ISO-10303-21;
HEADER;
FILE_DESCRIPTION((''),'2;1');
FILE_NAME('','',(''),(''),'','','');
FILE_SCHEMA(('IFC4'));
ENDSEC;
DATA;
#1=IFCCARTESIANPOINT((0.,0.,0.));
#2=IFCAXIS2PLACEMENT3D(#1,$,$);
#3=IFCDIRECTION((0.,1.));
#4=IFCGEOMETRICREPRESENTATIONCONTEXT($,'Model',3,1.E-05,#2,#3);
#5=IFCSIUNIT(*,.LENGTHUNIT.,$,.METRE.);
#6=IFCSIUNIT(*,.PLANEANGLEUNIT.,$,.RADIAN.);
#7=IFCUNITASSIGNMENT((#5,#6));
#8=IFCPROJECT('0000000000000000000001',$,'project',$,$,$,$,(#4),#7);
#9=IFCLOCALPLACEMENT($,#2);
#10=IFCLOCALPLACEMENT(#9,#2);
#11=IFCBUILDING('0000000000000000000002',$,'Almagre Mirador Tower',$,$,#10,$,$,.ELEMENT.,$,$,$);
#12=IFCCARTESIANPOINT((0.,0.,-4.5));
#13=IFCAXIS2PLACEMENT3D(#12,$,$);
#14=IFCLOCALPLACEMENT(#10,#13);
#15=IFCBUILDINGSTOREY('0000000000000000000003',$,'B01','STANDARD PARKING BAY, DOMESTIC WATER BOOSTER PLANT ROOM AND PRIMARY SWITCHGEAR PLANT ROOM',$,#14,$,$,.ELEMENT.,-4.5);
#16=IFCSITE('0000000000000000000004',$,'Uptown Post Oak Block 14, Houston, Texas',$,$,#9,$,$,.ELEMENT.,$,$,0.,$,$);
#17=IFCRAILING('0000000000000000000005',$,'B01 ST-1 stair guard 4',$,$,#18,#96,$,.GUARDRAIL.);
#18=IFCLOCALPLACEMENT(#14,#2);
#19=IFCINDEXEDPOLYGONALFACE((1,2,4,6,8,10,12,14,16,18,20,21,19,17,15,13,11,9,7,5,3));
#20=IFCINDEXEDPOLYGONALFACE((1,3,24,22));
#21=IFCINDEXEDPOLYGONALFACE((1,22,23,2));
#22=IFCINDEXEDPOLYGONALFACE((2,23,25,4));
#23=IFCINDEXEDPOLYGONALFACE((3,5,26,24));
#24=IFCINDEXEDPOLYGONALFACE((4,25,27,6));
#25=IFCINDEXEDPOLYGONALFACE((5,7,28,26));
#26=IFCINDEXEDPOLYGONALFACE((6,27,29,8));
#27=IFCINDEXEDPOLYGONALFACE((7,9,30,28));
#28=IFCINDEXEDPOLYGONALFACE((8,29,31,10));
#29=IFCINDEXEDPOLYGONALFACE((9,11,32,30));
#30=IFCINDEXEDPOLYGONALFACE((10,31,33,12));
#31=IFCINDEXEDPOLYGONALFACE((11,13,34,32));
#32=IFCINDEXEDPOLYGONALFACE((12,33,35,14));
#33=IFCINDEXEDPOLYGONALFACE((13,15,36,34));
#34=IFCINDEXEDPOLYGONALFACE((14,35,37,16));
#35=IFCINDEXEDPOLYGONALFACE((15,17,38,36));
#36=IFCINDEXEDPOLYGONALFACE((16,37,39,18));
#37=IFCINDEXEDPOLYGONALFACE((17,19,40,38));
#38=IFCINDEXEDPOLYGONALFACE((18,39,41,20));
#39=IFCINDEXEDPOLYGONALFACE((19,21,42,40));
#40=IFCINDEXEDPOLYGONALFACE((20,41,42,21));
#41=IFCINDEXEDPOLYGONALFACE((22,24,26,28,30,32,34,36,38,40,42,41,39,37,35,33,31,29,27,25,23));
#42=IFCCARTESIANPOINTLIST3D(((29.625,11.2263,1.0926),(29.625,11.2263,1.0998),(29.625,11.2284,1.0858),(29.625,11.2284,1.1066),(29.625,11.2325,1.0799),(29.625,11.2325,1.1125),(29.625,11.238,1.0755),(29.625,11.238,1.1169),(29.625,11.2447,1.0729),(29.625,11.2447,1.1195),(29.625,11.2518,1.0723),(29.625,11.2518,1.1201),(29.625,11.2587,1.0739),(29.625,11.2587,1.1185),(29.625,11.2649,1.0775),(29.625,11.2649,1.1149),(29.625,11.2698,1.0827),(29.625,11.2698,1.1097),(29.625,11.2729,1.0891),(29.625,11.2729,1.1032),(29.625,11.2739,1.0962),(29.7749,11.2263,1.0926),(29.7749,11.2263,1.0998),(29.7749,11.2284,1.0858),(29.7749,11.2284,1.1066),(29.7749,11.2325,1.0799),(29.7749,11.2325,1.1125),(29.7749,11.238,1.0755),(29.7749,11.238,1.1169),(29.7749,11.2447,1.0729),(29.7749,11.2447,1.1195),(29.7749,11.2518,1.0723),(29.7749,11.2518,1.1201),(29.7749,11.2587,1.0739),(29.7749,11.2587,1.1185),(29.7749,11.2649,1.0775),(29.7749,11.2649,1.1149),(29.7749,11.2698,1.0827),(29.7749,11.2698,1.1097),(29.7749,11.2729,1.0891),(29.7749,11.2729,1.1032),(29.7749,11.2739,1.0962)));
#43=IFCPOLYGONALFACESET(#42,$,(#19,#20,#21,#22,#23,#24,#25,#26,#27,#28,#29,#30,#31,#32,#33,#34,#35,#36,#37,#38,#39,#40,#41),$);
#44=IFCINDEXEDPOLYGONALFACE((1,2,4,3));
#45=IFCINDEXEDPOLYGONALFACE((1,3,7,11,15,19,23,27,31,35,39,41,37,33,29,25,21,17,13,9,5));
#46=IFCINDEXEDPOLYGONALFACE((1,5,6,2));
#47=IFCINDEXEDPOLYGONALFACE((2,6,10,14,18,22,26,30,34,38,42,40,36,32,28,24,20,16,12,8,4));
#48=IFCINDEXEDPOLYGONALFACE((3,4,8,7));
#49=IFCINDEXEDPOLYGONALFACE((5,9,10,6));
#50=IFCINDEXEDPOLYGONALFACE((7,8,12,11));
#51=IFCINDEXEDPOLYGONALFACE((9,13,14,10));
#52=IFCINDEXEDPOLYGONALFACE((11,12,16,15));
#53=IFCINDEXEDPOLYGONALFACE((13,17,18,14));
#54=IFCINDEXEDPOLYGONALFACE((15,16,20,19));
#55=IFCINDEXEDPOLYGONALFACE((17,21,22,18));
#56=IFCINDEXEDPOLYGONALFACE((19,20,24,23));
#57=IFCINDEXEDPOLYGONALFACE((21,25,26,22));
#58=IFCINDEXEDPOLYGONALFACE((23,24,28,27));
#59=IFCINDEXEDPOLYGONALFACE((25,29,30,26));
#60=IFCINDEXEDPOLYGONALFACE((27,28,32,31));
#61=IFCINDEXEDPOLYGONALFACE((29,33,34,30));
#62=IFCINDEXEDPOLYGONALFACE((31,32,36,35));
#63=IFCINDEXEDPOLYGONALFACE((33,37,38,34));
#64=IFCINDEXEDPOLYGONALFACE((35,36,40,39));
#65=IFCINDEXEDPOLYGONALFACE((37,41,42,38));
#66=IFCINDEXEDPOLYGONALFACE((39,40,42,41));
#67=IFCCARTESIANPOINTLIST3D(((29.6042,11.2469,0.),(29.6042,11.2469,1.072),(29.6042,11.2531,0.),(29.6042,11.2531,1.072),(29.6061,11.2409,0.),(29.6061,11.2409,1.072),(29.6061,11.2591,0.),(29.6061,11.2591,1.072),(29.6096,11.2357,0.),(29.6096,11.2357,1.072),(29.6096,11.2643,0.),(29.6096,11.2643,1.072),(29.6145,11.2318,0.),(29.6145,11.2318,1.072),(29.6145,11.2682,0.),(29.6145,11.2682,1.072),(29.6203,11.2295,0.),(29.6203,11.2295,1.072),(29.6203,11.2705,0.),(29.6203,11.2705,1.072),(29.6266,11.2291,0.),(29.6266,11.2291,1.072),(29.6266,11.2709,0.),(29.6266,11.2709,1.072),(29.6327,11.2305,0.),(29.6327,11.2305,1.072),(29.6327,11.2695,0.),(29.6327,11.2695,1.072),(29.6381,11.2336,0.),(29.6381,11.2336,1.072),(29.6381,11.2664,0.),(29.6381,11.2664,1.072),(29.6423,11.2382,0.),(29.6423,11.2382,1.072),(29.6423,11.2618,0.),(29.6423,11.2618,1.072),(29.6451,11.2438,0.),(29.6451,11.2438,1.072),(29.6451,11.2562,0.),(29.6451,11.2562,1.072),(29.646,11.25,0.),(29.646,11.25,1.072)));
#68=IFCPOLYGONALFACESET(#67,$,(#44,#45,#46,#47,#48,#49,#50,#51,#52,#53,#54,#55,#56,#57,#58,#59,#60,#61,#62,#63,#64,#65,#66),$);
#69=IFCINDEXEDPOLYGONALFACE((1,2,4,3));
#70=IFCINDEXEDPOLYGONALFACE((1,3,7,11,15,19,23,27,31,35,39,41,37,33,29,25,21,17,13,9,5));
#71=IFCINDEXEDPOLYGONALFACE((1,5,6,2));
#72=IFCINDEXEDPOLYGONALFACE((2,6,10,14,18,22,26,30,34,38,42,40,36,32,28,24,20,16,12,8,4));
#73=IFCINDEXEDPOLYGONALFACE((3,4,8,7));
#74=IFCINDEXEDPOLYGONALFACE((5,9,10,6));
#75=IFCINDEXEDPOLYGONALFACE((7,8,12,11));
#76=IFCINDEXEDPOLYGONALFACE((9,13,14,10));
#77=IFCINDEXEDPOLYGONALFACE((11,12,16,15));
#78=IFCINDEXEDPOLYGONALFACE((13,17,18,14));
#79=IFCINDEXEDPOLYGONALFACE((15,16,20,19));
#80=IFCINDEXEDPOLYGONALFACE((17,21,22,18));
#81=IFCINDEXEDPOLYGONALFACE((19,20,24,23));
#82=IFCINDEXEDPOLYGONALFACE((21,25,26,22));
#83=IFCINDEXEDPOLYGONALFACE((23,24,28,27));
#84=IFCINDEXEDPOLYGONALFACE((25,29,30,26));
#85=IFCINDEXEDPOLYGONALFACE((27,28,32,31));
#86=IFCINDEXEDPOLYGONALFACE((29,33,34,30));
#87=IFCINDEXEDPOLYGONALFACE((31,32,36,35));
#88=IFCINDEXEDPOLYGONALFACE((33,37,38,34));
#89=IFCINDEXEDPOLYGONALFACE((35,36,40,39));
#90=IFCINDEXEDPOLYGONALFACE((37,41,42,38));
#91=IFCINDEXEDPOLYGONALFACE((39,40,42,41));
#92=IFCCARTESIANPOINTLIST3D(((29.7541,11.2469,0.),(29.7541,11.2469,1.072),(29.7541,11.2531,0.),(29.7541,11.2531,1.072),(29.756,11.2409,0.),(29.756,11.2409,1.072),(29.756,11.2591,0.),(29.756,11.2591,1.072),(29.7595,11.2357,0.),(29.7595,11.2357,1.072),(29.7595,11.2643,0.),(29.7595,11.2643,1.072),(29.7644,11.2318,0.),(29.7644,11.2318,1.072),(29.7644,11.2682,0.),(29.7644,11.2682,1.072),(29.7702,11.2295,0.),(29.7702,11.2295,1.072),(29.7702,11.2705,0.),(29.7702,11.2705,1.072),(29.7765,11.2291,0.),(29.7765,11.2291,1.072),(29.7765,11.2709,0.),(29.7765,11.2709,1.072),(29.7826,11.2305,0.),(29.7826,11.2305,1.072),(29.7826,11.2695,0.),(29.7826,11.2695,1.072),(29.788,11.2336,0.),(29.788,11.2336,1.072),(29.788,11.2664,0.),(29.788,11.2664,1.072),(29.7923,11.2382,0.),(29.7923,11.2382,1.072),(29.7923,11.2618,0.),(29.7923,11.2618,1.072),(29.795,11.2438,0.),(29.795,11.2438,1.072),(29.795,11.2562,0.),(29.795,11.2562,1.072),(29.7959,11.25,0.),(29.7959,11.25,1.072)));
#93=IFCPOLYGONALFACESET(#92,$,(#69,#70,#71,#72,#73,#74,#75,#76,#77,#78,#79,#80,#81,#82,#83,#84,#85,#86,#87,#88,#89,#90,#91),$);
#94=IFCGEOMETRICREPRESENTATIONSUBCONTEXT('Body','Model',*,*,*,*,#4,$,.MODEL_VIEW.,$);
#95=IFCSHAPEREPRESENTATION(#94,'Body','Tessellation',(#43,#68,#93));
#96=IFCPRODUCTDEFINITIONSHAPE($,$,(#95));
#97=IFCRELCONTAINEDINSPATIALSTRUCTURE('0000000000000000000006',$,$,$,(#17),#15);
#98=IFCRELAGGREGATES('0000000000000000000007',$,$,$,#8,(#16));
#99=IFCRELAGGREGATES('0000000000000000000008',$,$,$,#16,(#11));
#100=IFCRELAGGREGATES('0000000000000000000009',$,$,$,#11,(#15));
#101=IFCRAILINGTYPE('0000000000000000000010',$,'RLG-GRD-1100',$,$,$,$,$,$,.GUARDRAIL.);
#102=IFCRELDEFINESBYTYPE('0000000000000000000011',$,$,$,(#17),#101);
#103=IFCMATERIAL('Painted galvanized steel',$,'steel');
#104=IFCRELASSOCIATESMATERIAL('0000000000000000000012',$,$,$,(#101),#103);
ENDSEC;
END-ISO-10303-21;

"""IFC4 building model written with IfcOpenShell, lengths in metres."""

from ifc_helpers import new_model, si_unit, direction, frame, origin, origin_2d, place, context, subcontext, project, spatial, circle, extrude, material, type_object, element, save


model = new_model("IFC4")

# Units and contexts
model_context = context("Model", 3, precision=1e-05, world=origin(), true_north=direction((0.0, 1.0)))
body_context = subcontext(model_context, "Body", "Model", "MODEL_VIEW")
ifc_project = project(units=[si_unit("LENGTHUNIT", "METRE"), si_unit("PLANEANGLEUNIT", "RADIAN")], contexts=[model_context])

# Site, building, storey
site_placement = place(None, origin())
site = spatial("IfcSite", under=ifc_project, at=site_placement, Name="Uptown Post Oak Block 14, Houston, Texas", CompositionType="ELEMENT", RefElevation=0.0)
building_placement = place(site_placement, origin())
building = spatial("IfcBuilding", under=site, at=building_placement, Name="Almagre Mirador Tower", CompositionType="ELEMENT")
storey_placement = place(building_placement, frame((0.0, 0.0, -4.5)))
storey = spatial("IfcBuildingStorey", under=building, at=storey_placement, Name="B01", Description="STANDARD PARKING BAY, DOMESTIC WATER BOOSTER PLANT ROOM AND PRIMARY SWITCHGEAR PLANT ROOM", CompositionType="ELEMENT", Elevation=-4.5)

# Railing
ifc_material_1 = material(Name="Painted galvanized steel", Category="steel")
railing_type_1 = type_object("IfcRailingType", Name="RLG-GRD-1100", PredefinedType="GUARDRAIL", material=ifc_material_1)
railing_1_placement = place(storey_placement, frame((29.625, 11.25, 0.0)))
element("IfcRailing", 1, at=railing_1_placement, inside=storey, type_object=railing_type_1, Name="B01 ST-1 stair guard 4", PredefinedType="GUARDRAIL", context=body_context, shape_type="SweptSolid", body=[
    extrude(circle(Radius=0.0239, at=origin_2d()), frame((0.0, 0.0, 1.0962), z_axis=(1.0, 0.0, 0.0), x_axis=(0.0, 1.0, 0.0)), (0.0, 0.0, 1.0), 0.1499),
    extrude(circle(Radius=0.021, at=origin_2d()), origin(), (0.0, 0.0, 1.0), 1.072),
    extrude(circle(Radius=0.021, at=origin_2d()), frame((0.1499, 0.0, 0.0)), (0.0, 0.0, 1.0), 1.072),
])

save(model, "model.ifc")
